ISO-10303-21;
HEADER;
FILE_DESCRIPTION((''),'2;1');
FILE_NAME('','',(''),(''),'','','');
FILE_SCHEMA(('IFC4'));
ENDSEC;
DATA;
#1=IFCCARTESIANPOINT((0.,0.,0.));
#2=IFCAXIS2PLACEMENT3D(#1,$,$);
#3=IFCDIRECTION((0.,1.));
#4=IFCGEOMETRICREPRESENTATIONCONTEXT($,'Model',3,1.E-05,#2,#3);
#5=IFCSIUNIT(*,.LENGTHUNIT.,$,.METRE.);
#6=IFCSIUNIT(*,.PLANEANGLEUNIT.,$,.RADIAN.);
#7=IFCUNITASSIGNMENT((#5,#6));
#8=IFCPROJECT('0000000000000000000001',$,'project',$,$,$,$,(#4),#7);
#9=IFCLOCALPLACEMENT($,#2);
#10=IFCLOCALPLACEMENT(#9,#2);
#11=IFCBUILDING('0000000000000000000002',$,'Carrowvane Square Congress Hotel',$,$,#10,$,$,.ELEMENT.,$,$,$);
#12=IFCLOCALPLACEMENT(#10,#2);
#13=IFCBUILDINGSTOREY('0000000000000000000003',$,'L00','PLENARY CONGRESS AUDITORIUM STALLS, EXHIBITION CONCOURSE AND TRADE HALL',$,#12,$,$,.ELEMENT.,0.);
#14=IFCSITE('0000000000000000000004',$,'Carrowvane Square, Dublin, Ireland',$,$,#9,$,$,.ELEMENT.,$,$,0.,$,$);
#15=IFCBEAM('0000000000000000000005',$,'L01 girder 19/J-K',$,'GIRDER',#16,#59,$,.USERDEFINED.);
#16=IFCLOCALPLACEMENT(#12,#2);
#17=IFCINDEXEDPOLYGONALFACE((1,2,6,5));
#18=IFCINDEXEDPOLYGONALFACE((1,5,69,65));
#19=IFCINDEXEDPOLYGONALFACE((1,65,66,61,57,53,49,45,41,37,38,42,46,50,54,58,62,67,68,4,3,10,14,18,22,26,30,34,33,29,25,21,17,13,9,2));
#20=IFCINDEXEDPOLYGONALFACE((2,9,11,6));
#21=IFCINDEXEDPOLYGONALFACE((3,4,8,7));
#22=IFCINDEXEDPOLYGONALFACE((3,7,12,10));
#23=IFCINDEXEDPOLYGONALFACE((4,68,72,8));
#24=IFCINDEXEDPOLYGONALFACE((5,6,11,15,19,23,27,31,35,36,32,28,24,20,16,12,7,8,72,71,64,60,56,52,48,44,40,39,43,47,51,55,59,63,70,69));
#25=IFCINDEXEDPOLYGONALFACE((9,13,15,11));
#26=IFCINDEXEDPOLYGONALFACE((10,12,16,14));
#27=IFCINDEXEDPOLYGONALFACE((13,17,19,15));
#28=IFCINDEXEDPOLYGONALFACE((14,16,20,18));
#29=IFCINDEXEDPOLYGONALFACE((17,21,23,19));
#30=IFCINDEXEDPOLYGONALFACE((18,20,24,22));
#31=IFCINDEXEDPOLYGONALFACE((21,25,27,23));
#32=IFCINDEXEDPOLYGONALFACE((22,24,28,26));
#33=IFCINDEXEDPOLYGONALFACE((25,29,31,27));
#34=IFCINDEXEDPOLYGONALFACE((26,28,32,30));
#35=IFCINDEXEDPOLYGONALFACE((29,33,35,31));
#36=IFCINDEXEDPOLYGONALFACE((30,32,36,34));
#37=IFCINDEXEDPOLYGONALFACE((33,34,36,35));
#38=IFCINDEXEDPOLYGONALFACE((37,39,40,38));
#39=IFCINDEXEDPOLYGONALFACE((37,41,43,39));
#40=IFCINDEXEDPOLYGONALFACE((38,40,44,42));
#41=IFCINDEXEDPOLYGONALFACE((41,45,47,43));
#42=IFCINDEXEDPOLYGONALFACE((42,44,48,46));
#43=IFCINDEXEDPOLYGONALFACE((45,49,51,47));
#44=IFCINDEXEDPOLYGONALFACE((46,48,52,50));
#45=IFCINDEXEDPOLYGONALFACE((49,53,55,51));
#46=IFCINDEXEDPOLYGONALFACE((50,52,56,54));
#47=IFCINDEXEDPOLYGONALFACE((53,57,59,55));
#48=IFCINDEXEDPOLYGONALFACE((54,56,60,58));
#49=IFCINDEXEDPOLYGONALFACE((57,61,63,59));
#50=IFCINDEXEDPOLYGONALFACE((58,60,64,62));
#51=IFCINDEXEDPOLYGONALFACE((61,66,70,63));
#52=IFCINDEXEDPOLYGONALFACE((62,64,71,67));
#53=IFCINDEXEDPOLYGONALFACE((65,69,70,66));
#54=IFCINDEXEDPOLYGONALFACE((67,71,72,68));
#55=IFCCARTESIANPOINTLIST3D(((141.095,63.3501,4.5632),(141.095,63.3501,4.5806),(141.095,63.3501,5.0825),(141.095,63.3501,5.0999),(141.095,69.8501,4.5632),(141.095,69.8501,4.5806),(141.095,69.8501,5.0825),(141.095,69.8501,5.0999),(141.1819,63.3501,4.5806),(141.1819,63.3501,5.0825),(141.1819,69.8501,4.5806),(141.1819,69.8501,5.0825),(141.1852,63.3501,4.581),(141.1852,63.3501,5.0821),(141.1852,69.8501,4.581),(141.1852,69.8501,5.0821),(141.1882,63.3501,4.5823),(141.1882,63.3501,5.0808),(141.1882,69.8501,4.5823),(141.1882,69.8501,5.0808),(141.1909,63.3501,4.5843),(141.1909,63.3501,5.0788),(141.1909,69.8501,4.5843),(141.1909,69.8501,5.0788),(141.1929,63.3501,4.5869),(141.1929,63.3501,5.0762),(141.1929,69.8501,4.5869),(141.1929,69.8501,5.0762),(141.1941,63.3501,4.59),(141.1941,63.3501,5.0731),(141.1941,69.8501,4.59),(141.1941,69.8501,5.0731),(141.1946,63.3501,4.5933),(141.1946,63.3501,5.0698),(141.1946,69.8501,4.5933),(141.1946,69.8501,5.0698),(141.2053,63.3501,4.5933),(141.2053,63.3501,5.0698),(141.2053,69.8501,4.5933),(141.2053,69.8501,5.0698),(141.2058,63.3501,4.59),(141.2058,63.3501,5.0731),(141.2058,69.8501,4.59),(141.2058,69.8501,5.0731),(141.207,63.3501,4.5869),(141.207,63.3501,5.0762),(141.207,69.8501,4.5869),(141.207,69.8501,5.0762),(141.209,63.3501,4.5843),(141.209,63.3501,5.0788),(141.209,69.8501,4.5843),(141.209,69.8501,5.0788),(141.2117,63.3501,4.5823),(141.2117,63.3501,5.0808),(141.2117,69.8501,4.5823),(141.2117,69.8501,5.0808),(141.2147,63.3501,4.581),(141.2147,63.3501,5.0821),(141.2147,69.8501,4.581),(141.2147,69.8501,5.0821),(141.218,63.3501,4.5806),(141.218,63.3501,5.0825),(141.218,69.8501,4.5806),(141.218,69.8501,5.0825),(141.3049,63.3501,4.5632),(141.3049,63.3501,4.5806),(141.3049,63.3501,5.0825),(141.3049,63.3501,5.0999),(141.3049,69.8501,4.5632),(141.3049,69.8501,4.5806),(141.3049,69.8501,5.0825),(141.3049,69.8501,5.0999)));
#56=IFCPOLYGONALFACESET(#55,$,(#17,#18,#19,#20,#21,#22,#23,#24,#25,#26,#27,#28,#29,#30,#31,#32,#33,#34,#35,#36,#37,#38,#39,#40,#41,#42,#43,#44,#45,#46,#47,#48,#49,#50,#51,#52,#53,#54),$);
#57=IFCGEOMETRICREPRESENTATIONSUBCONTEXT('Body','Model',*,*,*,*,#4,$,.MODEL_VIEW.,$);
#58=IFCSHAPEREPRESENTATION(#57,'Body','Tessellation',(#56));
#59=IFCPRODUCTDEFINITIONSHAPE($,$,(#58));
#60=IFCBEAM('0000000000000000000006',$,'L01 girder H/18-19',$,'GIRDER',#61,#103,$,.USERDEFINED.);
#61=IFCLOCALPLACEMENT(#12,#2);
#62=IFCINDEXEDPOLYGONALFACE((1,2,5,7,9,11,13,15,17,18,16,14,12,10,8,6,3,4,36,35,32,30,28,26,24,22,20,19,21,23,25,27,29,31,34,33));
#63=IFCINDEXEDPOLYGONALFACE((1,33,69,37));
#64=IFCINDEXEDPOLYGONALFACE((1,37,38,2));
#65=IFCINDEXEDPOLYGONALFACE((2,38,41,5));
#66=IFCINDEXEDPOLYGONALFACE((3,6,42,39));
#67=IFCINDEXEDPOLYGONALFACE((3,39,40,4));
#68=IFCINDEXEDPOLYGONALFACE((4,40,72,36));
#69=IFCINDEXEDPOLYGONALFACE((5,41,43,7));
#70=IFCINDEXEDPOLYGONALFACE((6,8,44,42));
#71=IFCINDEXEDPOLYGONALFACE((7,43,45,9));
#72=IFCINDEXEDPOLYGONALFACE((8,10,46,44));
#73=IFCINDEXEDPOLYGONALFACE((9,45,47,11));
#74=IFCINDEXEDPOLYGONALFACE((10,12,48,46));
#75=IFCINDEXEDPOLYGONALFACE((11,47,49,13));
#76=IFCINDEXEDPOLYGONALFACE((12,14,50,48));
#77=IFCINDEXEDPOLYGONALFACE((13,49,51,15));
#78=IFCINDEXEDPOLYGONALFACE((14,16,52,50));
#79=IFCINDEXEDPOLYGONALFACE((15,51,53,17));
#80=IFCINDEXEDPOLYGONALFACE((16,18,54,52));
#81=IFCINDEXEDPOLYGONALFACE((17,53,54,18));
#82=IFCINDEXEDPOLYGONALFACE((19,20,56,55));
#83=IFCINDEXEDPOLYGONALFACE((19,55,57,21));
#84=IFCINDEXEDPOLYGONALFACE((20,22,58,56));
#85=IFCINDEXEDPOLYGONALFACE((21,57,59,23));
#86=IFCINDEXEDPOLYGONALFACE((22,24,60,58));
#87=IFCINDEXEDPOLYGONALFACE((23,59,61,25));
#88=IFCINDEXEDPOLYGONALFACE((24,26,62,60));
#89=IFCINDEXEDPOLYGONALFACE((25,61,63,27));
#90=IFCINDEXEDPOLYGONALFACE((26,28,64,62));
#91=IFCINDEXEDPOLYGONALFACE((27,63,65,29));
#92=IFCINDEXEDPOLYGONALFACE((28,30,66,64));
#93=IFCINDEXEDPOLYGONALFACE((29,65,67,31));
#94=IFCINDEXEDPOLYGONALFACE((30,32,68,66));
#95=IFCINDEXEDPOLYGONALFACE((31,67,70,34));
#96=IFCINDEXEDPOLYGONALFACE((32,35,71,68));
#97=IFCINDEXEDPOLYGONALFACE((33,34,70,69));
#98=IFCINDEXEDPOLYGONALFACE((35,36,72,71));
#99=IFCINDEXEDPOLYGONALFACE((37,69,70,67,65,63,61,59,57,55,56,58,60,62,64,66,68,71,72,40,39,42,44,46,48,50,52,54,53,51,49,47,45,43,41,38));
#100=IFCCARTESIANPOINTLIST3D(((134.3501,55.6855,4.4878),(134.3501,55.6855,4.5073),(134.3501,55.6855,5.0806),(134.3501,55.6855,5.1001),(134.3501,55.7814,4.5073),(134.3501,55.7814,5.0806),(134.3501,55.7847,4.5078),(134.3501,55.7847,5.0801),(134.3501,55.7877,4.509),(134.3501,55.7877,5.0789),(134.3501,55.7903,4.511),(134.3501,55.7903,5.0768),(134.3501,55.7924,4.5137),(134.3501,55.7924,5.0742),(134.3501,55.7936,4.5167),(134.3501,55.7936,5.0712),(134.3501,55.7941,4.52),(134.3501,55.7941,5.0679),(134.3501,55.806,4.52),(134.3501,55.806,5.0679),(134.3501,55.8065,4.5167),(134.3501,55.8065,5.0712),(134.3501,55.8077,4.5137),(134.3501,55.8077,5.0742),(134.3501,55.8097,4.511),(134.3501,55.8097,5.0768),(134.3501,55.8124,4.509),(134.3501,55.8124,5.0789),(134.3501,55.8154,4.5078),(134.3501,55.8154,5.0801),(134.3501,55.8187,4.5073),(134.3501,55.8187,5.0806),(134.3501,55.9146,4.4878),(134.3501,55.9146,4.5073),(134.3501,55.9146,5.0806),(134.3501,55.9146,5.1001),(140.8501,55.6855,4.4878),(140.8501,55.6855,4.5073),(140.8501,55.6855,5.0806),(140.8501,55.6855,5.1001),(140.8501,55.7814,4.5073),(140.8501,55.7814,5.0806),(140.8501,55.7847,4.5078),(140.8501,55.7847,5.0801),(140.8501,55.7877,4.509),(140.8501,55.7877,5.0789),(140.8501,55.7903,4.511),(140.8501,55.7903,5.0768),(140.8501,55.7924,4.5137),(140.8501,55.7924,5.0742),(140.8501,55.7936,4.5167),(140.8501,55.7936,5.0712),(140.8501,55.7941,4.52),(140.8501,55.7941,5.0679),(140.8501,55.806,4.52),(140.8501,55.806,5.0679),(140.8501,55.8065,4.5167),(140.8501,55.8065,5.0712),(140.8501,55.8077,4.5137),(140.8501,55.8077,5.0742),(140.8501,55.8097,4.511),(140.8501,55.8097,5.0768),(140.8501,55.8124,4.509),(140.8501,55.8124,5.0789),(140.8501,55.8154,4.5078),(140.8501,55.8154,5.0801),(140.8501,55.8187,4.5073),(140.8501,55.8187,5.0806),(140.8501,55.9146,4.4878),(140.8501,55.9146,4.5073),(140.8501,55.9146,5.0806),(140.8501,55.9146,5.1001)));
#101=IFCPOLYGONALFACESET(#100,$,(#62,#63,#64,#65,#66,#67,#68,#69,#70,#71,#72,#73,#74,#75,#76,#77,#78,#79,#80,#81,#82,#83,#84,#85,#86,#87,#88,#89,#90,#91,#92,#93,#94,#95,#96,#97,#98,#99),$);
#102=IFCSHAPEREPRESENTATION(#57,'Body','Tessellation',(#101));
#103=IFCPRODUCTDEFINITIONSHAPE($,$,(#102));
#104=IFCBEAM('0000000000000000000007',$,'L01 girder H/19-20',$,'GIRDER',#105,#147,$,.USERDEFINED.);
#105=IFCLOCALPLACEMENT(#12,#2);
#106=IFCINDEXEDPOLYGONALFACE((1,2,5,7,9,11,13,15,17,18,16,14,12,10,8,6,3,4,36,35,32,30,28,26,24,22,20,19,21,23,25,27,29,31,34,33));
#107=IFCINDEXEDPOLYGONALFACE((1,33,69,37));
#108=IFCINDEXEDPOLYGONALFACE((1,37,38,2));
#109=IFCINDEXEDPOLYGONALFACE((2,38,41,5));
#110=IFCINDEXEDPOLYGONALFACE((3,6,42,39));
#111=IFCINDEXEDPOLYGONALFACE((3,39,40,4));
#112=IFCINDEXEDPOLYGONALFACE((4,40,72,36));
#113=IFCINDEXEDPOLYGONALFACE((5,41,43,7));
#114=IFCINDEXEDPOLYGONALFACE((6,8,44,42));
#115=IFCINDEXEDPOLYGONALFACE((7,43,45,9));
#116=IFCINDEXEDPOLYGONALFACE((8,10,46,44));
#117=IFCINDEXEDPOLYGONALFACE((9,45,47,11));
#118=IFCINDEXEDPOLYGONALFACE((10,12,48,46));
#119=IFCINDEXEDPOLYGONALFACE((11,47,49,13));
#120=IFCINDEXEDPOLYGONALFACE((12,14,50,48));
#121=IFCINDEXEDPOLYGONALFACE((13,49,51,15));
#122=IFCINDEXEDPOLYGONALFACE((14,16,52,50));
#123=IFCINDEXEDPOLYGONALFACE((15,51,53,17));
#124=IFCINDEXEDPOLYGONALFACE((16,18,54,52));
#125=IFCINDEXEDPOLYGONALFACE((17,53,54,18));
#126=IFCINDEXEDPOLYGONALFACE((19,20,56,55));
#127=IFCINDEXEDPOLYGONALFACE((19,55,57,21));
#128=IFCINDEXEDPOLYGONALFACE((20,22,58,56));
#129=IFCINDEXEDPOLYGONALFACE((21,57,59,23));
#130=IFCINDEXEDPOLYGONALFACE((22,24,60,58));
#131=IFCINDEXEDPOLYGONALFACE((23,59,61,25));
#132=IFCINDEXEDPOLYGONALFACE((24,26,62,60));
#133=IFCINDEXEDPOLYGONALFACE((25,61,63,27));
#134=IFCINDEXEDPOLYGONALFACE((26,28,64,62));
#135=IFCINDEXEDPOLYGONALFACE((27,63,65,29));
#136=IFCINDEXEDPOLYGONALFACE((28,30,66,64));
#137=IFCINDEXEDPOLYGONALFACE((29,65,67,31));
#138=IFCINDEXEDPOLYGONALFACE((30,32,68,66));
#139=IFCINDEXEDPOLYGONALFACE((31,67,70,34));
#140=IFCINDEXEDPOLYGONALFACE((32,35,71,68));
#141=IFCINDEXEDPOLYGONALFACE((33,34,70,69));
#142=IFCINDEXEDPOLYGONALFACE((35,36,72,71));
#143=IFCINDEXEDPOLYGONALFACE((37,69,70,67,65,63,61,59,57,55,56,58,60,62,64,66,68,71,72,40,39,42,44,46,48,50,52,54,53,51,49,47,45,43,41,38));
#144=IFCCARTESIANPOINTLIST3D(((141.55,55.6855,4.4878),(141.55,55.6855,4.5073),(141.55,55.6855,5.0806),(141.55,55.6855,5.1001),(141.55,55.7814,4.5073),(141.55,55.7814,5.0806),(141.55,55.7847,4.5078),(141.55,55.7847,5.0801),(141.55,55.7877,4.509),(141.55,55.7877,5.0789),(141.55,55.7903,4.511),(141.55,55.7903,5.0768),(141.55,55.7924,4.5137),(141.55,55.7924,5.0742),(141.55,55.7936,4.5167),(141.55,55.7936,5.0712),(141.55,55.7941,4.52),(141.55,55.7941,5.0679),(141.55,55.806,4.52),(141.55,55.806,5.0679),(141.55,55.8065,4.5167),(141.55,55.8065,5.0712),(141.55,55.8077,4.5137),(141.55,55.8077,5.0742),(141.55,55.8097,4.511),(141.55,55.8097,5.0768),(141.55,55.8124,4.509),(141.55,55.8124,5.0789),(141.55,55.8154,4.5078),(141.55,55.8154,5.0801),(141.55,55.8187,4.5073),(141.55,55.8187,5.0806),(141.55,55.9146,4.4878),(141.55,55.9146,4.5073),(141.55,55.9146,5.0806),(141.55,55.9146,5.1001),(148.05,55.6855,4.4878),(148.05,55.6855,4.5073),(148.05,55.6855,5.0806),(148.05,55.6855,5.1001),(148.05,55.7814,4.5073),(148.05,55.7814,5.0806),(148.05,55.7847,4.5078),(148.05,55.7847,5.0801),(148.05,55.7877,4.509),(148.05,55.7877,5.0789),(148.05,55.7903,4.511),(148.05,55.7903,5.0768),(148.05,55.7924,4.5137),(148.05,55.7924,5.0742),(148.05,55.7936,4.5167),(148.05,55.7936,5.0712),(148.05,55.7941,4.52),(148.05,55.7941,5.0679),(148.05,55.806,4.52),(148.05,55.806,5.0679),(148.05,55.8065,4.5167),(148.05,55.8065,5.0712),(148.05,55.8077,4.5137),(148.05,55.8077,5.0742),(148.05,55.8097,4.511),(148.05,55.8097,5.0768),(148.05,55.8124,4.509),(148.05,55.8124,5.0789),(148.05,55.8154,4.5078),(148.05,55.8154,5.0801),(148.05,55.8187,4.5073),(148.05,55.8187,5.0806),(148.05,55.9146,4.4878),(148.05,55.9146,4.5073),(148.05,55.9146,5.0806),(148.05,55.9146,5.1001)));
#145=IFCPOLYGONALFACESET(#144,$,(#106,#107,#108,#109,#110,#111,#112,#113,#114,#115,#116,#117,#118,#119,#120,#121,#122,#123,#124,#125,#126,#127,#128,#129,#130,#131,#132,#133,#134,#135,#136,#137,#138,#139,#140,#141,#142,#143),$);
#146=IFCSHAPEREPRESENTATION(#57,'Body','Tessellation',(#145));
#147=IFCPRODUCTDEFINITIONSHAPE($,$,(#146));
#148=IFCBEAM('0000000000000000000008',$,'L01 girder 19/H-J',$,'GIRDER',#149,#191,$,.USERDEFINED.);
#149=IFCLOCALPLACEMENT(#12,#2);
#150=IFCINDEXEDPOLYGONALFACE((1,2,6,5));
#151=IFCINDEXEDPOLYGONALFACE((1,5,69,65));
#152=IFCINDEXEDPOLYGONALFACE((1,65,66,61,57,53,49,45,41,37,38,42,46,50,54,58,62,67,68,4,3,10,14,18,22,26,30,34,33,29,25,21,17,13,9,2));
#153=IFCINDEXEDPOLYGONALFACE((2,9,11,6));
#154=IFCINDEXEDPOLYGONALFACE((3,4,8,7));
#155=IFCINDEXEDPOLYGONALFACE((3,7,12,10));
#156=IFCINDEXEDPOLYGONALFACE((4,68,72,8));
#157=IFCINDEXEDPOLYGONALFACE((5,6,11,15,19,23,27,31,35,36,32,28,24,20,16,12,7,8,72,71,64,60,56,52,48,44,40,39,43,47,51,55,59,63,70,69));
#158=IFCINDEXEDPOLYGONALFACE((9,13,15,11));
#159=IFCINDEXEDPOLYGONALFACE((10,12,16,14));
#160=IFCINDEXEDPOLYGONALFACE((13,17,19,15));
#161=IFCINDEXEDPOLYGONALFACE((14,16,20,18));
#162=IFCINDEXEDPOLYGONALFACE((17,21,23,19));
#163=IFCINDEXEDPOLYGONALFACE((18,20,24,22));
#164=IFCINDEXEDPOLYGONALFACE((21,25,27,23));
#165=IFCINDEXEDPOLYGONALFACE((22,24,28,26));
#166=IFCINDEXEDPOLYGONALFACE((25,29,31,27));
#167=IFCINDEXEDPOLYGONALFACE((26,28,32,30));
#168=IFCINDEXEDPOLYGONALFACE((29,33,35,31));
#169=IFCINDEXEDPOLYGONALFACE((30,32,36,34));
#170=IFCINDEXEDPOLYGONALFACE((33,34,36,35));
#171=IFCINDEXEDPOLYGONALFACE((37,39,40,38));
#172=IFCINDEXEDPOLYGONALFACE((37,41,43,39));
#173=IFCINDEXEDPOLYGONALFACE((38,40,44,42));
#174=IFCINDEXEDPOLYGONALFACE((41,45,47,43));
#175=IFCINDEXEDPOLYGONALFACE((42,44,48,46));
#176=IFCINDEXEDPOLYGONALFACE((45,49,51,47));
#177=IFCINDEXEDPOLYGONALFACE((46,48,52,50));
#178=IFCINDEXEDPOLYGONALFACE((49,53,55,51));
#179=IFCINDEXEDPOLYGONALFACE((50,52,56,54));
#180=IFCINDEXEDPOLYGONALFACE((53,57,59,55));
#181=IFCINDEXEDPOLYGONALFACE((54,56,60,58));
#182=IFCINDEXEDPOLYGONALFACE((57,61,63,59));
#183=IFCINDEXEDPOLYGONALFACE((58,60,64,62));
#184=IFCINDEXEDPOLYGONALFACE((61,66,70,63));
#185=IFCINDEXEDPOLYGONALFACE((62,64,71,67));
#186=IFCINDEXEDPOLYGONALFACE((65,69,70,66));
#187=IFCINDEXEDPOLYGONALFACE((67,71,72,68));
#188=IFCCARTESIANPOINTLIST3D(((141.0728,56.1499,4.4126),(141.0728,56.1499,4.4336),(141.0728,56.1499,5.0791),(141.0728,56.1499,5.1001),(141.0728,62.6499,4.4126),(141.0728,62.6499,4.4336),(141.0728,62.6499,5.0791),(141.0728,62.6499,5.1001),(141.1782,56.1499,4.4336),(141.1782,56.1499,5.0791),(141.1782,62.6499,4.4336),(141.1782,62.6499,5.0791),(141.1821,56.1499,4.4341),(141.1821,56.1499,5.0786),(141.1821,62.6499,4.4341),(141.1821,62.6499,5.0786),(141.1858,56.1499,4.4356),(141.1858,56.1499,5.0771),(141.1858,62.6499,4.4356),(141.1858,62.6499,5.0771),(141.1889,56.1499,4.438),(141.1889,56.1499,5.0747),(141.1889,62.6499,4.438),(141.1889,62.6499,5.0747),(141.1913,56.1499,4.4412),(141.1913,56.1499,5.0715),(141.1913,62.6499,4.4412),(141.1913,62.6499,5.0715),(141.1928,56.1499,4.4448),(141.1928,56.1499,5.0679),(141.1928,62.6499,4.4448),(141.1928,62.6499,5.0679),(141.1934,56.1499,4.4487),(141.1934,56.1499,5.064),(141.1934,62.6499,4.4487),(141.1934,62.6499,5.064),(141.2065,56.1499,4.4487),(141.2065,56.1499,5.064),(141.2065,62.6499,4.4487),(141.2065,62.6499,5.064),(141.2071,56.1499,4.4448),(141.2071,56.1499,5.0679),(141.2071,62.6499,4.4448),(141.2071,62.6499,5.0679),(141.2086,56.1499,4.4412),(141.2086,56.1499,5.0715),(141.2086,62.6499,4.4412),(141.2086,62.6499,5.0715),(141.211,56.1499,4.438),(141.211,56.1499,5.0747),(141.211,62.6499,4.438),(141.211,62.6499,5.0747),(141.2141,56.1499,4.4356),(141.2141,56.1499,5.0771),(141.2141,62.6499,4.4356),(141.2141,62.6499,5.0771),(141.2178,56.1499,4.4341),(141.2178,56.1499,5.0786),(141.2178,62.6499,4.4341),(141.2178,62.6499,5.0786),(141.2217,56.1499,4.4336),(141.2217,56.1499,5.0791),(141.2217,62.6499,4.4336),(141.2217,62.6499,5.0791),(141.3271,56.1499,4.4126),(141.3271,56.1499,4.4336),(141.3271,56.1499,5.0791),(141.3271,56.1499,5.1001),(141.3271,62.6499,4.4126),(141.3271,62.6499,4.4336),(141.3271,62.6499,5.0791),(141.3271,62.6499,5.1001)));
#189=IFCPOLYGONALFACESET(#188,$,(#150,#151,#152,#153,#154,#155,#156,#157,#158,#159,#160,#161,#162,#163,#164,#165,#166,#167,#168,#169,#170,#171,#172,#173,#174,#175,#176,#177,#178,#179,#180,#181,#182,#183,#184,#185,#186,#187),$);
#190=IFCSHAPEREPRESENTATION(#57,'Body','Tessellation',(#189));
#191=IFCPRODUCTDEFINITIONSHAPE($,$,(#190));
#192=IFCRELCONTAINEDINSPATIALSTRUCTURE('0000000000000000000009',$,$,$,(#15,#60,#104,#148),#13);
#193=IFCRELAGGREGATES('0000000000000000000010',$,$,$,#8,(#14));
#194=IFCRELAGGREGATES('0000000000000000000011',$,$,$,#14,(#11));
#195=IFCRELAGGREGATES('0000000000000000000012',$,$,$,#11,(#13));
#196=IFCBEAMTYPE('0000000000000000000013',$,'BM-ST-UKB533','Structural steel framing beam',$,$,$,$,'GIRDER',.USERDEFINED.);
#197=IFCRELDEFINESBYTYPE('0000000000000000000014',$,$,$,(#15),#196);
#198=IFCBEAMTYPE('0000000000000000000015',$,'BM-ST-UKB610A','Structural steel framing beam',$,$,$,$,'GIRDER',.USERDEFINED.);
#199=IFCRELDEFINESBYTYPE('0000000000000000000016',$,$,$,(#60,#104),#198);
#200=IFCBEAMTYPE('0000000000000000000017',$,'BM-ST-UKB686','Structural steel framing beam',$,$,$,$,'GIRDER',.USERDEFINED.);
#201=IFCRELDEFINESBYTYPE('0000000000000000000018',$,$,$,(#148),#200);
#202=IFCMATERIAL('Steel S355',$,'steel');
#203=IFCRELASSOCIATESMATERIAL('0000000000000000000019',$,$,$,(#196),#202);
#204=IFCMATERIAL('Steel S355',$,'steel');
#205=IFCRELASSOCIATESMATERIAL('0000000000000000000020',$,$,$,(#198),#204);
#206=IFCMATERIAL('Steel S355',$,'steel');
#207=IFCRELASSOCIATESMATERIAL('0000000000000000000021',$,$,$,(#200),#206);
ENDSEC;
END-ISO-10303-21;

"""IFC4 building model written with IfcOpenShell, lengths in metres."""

from ifc_helpers import new_model, si_unit, direction, frame, origin, origin_2d, place, context, subcontext, project, spatial, i_section, extrude, material, material_profile, profile_set, type_object, element, save


model = new_model("IFC4")

# Units and contexts
model_context = context("Model", 3, precision=1e-05, world=origin(), true_north=direction((0.0, 1.0)))
body_context = subcontext(model_context, "Body", "Model", "MODEL_VIEW")
ifc_project = project(units=[si_unit("LENGTHUNIT", "METRE"), si_unit("PLANEANGLEUNIT", "RADIAN")], contexts=[model_context])

# Site, building, storey
site_placement = place(None, origin())
site = spatial("IfcSite", under=ifc_project, at=site_placement, Name="Carrowvane Square, Dublin, Ireland", CompositionType="ELEMENT", RefElevation=0.0)
building_placement = place(site_placement, origin())
building = spatial("IfcBuilding", under=site, at=building_placement, Name="Carrowvane Square Congress Hotel", CompositionType="ELEMENT")
storey_placement = place(building_placement, origin())
storey = spatial("IfcBuildingStorey", under=building, at=storey_placement, Name="L00", Description="PLENARY CONGRESS AUDITORIUM STALLS, EXHIBITION CONCOURSE AND TRADE HALL", CompositionType="ELEMENT", Elevation=0.0)

# Beams
ifc_material_1 = material(Name="Steel S355", Category="steel")
ifc_material_profile_1 = material_profile(ifc_material_1, i_section(OverallWidth=0.21, OverallDepth=0.5366, WebThickness=0.0107, FlangeThickness=0.0173, FilletRadius=0.0127, at=origin_2d()), Name="UKB 533x210x101")
ifc_profile_set_1 = profile_set([ifc_material_profile_1], Name="Steel S355")
beam_type_1 = type_object("IfcBeamType", Name="BM-ST-UKB533", Description="Structural steel framing beam", ElementType="GIRDER", PredefinedType="USERDEFINED", material=ifc_profile_set_1)
beam_1_placement = place(storey_placement, frame((141.2, 63.3501, 4.8315), z_axis=(0.0, 1.0, 0.0), x_axis=(-1.0, 0.0, 0.0)))
element("IfcBeam", 1, at=beam_1_placement, inside=storey, type_object=beam_type_1, Name="L01 girder 19/J-K", ObjectType="GIRDER", PredefinedType="USERDEFINED", context=body_context, shape_type="SweptSolid", body=[
    extrude(i_section(OverallWidth=0.21, OverallDepth=0.5366, WebThickness=0.0107, FlangeThickness=0.0173, FilletRadius=0.0127, at=origin_2d()), origin(), (0.0, 0.0, 1.0), 6.5),
])
ifc_material_2 = material(Name="Steel S355", Category="steel")
ifc_material_profile_2 = material_profile(ifc_material_2, i_section(OverallWidth=0.229, OverallDepth=0.6123, WebThickness=0.012, FlangeThickness=0.0195, FilletRadius=0.0127, at=origin_2d()), Name="UKB 610x229x125")
ifc_profile_set_2 = profile_set([ifc_material_profile_2], Name="Steel S355")
beam_type_2 = type_object("IfcBeamType", Name="BM-ST-UKB610A", Description="Structural steel framing beam", ElementType="GIRDER", PredefinedType="USERDEFINED", material=ifc_profile_set_2)
for number, where, z_axis, x_axis, name in (
    (2, (134.3501, 55.8, 4.7939), (1.0, 0.0, 0.0), (0.0, 1.0, 0.0), "L01 girder H/18-19"),
    (3, (141.55, 55.8, 4.7939), (1.0, 0.0, 0.0), (0.0, 1.0, 0.0), "L01 girder H/19-20"),
):
    element("IfcBeam", number, at=place(storey_placement, frame(where, z_axis=z_axis, x_axis=x_axis)), inside=storey, type_object=beam_type_2, Name=name, ObjectType="GIRDER", PredefinedType="USERDEFINED", context=body_context, shape_type="SweptSolid", body=[
        extrude(i_section(OverallWidth=0.229, OverallDepth=0.6123, WebThickness=0.012, FlangeThickness=0.0195, FilletRadius=0.0127, at=origin_2d()), origin(), (0.0, 0.0, 1.0), 6.5),
    ])
ifc_material_3 = material(Name="Steel S355", Category="steel")
ifc_material_profile_3 = material_profile(ifc_material_3, i_section(OverallWidth=0.2544, OverallDepth=0.6875, WebThickness=0.0132, FlangeThickness=0.021, FilletRadius=0.0151, at=origin_2d()), Name="UKB 686x254x152")
ifc_profile_set_3 = profile_set([ifc_material_profile_3], Name="Steel S355")
beam_type_3 = type_object("IfcBeamType", Name="BM-ST-UKB686", Description="Structural steel framing beam", ElementType="GIRDER", PredefinedType="USERDEFINED", material=ifc_profile_set_3)
for number, where, z_axis, x_axis, name in (
    (4, (141.2, 56.1499, 4.7563), (0.0, 1.0, 0.0), (-1.0, 0.0, 0.0), "L01 girder 19/H-J"),
):
    element("IfcBeam", number, at=place(storey_placement, frame(where, z_axis=z_axis, x_axis=x_axis)), inside=storey, type_object=beam_type_3, Name=name, ObjectType="GIRDER", PredefinedType="USERDEFINED", context=body_context, shape_type="SweptSolid", body=[
        extrude(i_section(OverallWidth=0.2544, OverallDepth=0.6875, WebThickness=0.0132, FlangeThickness=0.021, FilletRadius=0.0151, at=origin_2d()), origin(), (0.0, 0.0, 1.0), 6.5),
    ])

save(model, "model.ifc")
